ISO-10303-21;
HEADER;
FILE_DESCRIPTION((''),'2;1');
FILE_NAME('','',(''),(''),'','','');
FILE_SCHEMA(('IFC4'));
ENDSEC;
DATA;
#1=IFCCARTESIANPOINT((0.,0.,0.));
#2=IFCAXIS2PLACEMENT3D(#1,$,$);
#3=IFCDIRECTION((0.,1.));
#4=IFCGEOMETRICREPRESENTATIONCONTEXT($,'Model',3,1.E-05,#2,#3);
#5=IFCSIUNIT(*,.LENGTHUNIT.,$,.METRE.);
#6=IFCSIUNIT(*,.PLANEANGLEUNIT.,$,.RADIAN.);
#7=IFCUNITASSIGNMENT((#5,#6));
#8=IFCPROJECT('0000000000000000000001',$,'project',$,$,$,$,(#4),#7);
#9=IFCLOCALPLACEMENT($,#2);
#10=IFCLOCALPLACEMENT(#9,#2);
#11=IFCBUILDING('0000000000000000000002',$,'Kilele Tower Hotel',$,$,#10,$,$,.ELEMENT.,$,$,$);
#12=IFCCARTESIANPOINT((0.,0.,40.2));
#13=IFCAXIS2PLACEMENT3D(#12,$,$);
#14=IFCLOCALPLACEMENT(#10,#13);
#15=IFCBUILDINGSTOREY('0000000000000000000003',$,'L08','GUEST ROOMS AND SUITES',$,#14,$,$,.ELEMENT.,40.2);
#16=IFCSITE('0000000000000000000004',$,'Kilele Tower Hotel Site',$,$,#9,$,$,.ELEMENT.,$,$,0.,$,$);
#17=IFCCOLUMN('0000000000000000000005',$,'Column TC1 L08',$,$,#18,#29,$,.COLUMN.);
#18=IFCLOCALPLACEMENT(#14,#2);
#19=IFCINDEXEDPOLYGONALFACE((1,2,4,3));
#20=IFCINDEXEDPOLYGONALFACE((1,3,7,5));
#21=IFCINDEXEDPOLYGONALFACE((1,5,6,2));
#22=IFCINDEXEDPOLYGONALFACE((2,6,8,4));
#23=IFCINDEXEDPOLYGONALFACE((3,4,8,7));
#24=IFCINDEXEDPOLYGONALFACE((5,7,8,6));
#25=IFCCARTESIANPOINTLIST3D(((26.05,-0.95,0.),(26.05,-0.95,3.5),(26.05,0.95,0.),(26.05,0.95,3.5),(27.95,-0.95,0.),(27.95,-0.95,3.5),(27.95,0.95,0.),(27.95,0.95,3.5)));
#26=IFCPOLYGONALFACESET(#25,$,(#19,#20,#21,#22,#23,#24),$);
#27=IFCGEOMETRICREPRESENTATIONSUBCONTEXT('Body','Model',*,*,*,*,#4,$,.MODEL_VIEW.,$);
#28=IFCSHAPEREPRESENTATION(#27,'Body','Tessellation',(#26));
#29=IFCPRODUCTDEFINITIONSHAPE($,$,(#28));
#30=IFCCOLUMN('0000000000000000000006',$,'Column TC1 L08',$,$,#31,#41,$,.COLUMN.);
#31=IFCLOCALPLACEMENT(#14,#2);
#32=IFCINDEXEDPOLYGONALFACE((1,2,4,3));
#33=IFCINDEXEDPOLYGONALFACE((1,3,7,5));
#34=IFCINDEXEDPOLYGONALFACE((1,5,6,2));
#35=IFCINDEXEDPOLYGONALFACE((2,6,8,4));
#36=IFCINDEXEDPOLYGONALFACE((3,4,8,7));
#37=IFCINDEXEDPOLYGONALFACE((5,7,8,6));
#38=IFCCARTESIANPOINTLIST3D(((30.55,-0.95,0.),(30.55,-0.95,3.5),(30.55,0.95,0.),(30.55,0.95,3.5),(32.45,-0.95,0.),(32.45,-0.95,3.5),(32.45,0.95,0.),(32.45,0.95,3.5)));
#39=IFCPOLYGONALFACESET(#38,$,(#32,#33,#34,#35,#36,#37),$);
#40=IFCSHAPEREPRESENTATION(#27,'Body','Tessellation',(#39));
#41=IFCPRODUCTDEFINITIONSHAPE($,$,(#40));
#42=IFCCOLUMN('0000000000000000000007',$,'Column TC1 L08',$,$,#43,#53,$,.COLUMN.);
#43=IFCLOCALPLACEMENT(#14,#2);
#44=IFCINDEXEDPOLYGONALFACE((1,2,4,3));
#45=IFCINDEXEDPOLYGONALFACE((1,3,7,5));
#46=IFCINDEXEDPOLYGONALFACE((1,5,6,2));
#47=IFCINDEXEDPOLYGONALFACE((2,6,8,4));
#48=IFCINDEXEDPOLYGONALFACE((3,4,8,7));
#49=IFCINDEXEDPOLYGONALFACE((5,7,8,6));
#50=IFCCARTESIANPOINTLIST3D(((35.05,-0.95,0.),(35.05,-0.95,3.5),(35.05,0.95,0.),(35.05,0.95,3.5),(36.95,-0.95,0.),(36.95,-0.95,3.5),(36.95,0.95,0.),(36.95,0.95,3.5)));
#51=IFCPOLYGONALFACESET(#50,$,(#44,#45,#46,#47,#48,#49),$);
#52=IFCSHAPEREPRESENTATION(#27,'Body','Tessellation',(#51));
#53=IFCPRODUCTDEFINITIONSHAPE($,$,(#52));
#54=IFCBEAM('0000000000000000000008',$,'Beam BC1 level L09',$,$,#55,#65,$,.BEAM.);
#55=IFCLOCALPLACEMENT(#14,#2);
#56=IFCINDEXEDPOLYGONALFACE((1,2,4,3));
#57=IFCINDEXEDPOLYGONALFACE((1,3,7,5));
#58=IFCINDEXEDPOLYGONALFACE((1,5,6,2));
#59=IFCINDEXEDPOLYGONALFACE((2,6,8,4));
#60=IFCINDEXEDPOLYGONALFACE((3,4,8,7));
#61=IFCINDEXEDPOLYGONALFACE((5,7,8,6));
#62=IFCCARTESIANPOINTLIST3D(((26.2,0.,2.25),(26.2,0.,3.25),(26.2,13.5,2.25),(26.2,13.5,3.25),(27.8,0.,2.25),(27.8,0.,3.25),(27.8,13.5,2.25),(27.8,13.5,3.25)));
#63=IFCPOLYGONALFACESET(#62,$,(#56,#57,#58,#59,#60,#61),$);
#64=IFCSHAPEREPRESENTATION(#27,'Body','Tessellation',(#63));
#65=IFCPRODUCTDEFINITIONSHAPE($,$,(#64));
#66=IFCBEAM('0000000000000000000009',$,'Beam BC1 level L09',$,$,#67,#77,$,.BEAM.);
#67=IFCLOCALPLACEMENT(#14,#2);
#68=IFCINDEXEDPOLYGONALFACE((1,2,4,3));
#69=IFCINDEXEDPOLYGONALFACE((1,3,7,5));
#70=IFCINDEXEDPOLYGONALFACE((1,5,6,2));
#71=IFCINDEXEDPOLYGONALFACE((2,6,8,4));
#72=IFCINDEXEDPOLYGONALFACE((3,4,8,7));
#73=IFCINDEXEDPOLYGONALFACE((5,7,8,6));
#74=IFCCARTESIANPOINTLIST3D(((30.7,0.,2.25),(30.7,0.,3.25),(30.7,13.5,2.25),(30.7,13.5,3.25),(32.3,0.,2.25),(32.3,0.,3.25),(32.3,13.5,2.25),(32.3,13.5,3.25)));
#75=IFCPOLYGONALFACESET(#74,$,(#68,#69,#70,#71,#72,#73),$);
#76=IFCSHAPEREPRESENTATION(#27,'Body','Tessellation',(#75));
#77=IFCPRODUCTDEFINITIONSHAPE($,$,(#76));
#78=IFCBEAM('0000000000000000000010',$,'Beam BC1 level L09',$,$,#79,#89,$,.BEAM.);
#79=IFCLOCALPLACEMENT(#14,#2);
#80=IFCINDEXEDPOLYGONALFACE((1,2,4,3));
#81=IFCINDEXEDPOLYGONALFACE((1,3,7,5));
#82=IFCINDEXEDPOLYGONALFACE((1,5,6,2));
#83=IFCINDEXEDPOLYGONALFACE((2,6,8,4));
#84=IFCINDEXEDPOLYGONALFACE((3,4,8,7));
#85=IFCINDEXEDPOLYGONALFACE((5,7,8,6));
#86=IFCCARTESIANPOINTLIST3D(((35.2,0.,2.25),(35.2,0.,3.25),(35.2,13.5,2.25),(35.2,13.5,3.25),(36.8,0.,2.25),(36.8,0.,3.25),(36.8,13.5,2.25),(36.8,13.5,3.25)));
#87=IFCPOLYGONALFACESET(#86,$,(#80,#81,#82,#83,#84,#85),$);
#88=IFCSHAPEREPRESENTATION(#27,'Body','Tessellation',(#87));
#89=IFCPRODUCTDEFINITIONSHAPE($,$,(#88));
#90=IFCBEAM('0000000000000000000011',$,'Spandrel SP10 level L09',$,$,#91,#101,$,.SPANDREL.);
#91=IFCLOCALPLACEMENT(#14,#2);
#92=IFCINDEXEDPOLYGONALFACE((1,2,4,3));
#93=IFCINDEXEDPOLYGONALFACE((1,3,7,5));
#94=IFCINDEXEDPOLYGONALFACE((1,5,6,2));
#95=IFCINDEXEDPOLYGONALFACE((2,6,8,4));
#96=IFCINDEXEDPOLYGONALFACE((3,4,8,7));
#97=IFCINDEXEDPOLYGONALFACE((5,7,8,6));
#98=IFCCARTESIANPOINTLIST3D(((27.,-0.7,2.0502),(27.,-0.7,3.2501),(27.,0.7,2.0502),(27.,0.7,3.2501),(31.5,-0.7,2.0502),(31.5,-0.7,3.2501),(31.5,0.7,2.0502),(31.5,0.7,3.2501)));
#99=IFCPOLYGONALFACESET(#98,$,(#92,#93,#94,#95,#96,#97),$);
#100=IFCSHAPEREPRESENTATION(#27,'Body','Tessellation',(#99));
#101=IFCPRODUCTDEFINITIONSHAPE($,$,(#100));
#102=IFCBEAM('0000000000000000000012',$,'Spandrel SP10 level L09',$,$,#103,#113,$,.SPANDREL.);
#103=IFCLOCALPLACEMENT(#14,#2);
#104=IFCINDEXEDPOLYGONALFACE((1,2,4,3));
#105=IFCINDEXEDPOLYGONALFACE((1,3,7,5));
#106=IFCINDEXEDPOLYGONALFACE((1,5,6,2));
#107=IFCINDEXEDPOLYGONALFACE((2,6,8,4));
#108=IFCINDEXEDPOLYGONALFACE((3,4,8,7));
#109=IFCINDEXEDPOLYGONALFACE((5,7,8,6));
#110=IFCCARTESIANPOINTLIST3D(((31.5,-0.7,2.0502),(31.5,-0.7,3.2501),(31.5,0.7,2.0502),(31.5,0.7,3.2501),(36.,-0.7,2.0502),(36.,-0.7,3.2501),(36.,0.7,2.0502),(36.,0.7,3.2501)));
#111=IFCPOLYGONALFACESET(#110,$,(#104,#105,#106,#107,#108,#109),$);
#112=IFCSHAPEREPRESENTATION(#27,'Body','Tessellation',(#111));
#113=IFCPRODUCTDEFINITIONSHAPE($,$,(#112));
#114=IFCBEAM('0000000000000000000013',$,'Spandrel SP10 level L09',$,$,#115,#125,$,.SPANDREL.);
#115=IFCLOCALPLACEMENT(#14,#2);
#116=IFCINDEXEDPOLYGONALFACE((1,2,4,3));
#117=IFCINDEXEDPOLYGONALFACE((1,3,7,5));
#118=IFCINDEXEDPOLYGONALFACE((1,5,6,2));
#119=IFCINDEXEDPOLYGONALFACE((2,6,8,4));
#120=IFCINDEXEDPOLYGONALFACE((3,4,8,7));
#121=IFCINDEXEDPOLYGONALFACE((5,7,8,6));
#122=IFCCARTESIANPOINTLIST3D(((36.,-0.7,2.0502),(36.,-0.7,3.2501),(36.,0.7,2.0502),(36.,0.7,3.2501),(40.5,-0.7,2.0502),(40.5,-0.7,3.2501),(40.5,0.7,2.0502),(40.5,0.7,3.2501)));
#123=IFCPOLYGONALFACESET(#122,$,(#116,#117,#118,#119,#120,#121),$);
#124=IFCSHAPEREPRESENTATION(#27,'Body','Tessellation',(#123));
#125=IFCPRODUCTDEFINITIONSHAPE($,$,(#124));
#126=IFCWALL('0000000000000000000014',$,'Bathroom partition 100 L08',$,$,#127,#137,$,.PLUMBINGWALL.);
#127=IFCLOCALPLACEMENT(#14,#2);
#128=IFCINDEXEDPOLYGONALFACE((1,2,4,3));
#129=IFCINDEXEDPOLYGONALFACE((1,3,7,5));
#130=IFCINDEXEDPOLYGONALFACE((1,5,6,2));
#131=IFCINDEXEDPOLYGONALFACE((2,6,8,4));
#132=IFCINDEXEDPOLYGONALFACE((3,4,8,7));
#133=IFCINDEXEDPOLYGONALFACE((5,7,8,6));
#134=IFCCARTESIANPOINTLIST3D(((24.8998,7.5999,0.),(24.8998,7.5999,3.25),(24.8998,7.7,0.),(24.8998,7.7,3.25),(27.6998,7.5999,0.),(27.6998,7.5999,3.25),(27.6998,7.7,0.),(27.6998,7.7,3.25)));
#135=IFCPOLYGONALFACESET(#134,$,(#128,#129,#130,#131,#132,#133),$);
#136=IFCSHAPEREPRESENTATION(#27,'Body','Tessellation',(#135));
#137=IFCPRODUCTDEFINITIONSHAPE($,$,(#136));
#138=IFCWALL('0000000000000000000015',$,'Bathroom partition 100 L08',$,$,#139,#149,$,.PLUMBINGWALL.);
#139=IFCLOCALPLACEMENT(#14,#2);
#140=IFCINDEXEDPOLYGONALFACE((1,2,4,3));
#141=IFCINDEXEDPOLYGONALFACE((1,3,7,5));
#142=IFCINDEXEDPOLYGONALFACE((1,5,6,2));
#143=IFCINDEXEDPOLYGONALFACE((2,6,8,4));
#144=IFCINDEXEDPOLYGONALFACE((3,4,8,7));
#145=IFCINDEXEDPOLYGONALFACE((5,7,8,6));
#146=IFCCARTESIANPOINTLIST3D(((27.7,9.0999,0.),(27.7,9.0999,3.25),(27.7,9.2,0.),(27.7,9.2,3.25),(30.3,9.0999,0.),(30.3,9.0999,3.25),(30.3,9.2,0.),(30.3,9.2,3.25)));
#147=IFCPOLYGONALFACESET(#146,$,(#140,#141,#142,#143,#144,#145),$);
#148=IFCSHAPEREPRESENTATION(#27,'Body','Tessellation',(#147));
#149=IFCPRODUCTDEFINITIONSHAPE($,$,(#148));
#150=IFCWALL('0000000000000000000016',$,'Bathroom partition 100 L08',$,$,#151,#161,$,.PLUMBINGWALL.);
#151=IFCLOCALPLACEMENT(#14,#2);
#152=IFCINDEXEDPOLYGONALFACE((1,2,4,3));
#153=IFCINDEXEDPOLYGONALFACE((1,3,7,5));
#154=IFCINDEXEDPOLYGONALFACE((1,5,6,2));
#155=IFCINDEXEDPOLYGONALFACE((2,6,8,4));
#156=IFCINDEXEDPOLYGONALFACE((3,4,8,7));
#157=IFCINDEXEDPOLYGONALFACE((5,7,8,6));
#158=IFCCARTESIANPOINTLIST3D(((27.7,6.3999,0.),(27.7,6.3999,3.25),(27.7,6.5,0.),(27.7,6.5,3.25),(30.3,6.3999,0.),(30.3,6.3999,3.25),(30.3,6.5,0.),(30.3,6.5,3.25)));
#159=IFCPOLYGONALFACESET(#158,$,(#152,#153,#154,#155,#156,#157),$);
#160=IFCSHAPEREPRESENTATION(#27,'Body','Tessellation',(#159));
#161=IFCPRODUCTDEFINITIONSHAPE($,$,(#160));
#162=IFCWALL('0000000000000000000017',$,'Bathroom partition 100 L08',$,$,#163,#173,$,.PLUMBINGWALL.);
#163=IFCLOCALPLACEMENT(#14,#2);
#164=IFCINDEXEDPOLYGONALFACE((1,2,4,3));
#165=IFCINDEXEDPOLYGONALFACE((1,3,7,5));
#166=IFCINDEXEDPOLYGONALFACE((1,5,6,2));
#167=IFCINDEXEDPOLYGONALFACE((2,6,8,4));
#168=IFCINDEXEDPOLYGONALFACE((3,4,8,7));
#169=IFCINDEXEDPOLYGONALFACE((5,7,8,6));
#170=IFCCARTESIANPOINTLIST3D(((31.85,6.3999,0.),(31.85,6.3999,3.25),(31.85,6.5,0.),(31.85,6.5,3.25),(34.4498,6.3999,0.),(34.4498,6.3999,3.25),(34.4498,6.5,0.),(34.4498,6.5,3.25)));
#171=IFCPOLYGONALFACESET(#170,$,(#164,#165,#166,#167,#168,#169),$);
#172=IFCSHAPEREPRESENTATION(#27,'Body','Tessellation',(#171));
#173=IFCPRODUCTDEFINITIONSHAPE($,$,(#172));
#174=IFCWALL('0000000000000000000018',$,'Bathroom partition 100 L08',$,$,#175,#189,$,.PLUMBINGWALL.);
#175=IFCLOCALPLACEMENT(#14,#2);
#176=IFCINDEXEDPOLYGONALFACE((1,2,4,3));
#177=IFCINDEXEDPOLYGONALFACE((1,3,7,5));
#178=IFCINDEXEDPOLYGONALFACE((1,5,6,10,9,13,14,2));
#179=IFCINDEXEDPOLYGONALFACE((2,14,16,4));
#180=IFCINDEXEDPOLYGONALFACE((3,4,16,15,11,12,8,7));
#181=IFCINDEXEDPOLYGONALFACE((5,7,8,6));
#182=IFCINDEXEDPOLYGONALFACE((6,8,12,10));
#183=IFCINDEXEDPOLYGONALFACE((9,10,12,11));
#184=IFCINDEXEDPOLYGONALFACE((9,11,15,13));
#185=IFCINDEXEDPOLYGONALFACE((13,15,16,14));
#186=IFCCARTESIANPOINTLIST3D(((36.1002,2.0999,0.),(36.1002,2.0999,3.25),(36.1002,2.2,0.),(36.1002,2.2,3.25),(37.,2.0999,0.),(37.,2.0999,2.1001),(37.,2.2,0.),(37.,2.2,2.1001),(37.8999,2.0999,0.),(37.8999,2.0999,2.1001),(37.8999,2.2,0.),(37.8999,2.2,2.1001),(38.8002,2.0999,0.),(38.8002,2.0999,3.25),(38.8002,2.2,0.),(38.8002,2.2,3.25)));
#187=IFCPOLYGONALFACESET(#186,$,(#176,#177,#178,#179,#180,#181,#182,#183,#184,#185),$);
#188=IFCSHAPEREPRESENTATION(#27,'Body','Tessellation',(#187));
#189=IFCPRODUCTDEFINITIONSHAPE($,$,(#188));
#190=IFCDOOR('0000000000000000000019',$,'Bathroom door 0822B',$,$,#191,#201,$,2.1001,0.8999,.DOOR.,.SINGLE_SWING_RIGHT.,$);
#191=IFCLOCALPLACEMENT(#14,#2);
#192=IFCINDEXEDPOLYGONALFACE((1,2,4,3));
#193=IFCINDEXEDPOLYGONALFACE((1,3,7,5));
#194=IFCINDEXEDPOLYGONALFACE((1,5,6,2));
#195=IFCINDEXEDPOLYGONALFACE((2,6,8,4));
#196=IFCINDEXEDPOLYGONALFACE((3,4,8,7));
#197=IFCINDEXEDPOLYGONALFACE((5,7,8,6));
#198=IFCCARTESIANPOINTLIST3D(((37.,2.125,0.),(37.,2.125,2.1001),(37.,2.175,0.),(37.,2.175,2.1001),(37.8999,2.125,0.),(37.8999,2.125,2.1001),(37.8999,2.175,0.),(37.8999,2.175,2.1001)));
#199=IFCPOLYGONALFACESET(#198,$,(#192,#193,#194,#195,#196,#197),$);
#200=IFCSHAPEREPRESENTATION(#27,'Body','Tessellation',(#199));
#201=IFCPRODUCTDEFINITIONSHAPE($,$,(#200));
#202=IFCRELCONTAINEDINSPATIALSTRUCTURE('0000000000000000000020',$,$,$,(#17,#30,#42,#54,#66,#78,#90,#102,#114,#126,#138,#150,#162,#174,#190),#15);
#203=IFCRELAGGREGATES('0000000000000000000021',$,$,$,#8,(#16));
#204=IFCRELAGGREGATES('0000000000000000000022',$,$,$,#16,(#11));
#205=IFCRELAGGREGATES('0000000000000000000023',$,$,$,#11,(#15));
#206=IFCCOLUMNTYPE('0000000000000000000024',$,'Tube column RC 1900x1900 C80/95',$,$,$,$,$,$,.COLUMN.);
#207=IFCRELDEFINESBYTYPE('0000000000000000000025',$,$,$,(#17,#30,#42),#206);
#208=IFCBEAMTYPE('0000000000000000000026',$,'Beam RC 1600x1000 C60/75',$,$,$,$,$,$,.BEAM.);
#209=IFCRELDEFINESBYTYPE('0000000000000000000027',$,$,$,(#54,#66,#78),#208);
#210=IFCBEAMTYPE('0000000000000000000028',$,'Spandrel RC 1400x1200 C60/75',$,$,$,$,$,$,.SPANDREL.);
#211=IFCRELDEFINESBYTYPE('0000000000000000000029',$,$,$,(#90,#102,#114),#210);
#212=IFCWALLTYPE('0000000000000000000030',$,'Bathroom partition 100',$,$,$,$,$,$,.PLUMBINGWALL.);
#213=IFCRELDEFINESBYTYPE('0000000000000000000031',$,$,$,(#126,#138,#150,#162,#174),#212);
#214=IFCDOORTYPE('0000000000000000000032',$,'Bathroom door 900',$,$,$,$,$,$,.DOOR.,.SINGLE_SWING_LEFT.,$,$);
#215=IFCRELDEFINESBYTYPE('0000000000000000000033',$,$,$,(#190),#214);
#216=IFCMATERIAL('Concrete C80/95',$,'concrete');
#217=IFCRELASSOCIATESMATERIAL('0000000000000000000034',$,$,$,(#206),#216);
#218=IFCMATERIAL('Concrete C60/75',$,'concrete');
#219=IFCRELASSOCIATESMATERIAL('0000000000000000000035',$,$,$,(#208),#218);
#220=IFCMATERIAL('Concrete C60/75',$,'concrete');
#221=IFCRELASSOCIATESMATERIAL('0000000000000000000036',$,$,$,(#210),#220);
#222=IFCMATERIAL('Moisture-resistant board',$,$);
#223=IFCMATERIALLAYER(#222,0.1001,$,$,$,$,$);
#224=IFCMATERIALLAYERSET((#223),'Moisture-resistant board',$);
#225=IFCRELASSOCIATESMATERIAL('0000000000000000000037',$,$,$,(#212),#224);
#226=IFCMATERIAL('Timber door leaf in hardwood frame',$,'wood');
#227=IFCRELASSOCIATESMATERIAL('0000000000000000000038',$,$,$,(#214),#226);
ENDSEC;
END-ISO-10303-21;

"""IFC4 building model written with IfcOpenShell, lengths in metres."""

from ifc_helpers import new_model, si_unit, direction, frame, frame_2d, origin, origin_2d, place, context, subcontext, project, spatial, rectangle, extrude, material, layer, layer_set, material_profile, profile_set, type_object, element, fill, save


model = new_model("IFC4")

# Units and contexts
model_context = context("Model", 3, precision=1e-05, world=origin(), true_north=direction((0.0, 1.0)))
body_context = subcontext(model_context, "Body", "Model", "MODEL_VIEW")
ifc_project = project(units=[si_unit("LENGTHUNIT", "METRE"), si_unit("PLANEANGLEUNIT", "RADIAN")], contexts=[model_context])

# Site, building, storey
site_placement = place(None, origin())
site = spatial("IfcSite", under=ifc_project, at=site_placement, Name="Kilele Tower Hotel Site", CompositionType="ELEMENT", RefElevation=0.0)
building_placement = place(site_placement, origin())
building = spatial("IfcBuilding", under=site, at=building_placement, Name="Kilele Tower Hotel", CompositionType="ELEMENT")
storey_placement = place(building_placement, frame((0.0, 0.0, 40.2)))
storey = spatial("IfcBuildingStorey", under=building, at=storey_placement, Name="L08", Description="GUEST ROOMS AND SUITES", CompositionType="ELEMENT", Elevation=40.2)

# Columns
ifc_material_1 = material(Name="Concrete C80/95", Category="concrete")
ifc_material_profile_1 = material_profile(ifc_material_1, rectangle(XDim=1.8999, YDim=1.8999, at=origin_2d()))
ifc_profile_set_1 = profile_set([ifc_material_profile_1], Name="Concrete C80/95")
column_type = type_object("IfcColumnType", Name="Tube column RC 1900x1900 C80/95", PredefinedType="COLUMN", material=ifc_profile_set_1)
for number, where, z_axis, x_axis, name in (
    (1, (27.0, 0.0, 0.0), (0.0, 0.0, 1.0), (1.0, 0.0, 0.0), "Column TC1 L08"),
    (2, (31.5, 0.0, 0.0), (0.0, 0.0, 1.0), (1.0, 0.0, 0.0), "Column TC1 L08"),
    (3, (36.0, 0.0, 0.0), (0.0, 0.0, 1.0), (1.0, 0.0, 0.0), "Column TC1 L08"),
):
    element("IfcColumn", number, at=place(storey_placement, frame(where, z_axis=z_axis, x_axis=x_axis)), inside=storey, type_object=column_type, Name=name, PredefinedType="COLUMN", context=body_context, shape_type="SweptSolid", body=[
        extrude(rectangle(XDim=1.8999, YDim=1.8999, at=origin_2d()), origin(), (0.0, 0.0, 1.0), 3.5),
    ])

# Beams
ifc_material_2 = material(Name="Concrete C60/75", Category="concrete")
ifc_material_profile_2 = material_profile(ifc_material_2, rectangle(XDim=1.6001, YDim=1.0, at=origin_2d()))
ifc_profile_set_2 = profile_set([ifc_material_profile_2], Name="Concrete C60/75")
beam_type_1 = type_object("IfcBeamType", Name="Beam RC 1600x1000 C60/75", PredefinedType="BEAM", material=ifc_profile_set_2)
for number, where, z_axis, x_axis, name in (
    (4, (27.0, 0.0, 2.75), (0.0, 1.0, 0.0), (-1.0, 0.0, 0.0), "Beam BC1 level L09"),
    (5, (31.5, 0.0, 2.75), (0.0, 1.0, 0.0), (-1.0, 0.0, 0.0), "Beam BC1 level L09"),
    (6, (36.0, 0.0, 2.75), (0.0, 1.0, 0.0), (-1.0, 0.0, 0.0), "Beam BC1 level L09"),
):
    element("IfcBeam", number, at=place(storey_placement, frame(where, z_axis=z_axis, x_axis=x_axis)), inside=storey, type_object=beam_type_1, Name=name, PredefinedType="BEAM", context=body_context, shape_type="SweptSolid", body=[
        extrude(rectangle(XDim=1.6001, YDim=1.0, at=origin_2d()), origin(), (0.0, 0.0, 1.0), 13.5),
    ])
ifc_material_3 = material(Name="Concrete C60/75", Category="concrete")
ifc_material_profile_3 = material_profile(ifc_material_3, rectangle(XDim=1.3999, YDim=1.2, at=origin_2d()))
ifc_profile_set_3 = profile_set([ifc_material_profile_3], Name="Concrete C60/75")
beam_type_2 = type_object("IfcBeamType", Name="Spandrel RC 1400x1200 C60/75", PredefinedType="SPANDREL", material=ifc_profile_set_3)
for number, where, z_axis, x_axis, name in (
    (7, (27.0, 0.0, 2.6501), (1.0, 0.0, 0.0), (0.0, 1.0, 0.0), "Spandrel SP10 level L09"),
    (8, (31.5, 0.0, 2.6501), (1.0, 0.0, 0.0), (0.0, 1.0, 0.0), "Spandrel SP10 level L09"),
    (9, (36.0, 0.0, 2.6501), (1.0, 0.0, 0.0), (0.0, 1.0, 0.0), "Spandrel SP10 level L09"),
):
    element("IfcBeam", number, at=place(storey_placement, frame(where, z_axis=z_axis, x_axis=x_axis)), inside=storey, type_object=beam_type_2, Name=name, PredefinedType="SPANDREL", context=body_context, shape_type="SweptSolid", body=[
        extrude(rectangle(XDim=1.3999, YDim=1.2, at=origin_2d()), origin(), (0.0, 0.0, 1.0), 4.5),
    ])

# Walls
ifc_material_4 = material(Name="Moisture-resistant board")
ifc_layer_1 = layer(ifc_material_4, 0.1001)
ifc_layer_set_1 = layer_set([ifc_layer_1], Name="Moisture-resistant board")
wall_type_1 = type_object("IfcWallType", Name="Bathroom partition 100", PredefinedType="PLUMBINGWALL", material=ifc_layer_set_1)
wall_1_placement = place(storey_placement, frame((24.8999, 7.6499, 0.0), z_axis=(0.0, 0.0, 1.0), x_axis=(1.0, 0.0, 0.0)))
element("IfcWall", 10, at=wall_1_placement, inside=storey, type_object=wall_type_1, Name="Bathroom partition 100 L08", PredefinedType="PLUMBINGWALL", context=body_context, shape_type="SweptSolid", body=[
    extrude(rectangle(XDim=2.8, YDim=0.1001, at=frame_2d((1.3999, 0.0))), origin(), (0.0, 0.0, 1.0), 3.25),
])
for number, where, z_axis, x_axis, name in (
    (11, (27.7, 9.1499, 0.0), (0.0, 0.0, 1.0), (1.0, 0.0, 0.0), "Bathroom partition 100 L08"),
    (12, (27.7, 6.45, 0.0), (0.0, 0.0, 1.0), (1.0, 0.0, 0.0), "Bathroom partition 100 L08"),
):
    element("IfcWall", number, at=place(storey_placement, frame(where, z_axis=z_axis, x_axis=x_axis)), inside=storey, type_object=wall_type_1, Name=name, PredefinedType="PLUMBINGWALL", context=body_context, shape_type="SweptSolid", body=[
        extrude(rectangle(XDim=2.6001, YDim=0.1001, at=frame_2d((1.3, 0.0))), origin(), (0.0, 0.0, 1.0), 3.25),
    ])
wall_2_placement = place(storey_placement, frame((31.8501, 6.45, 0.0), z_axis=(0.0, 0.0, 1.0), x_axis=(1.0, 0.0, 0.0)))
element("IfcWall", 13, at=wall_2_placement, inside=storey, type_object=wall_type_1, Name="Bathroom partition 100 L08", PredefinedType="PLUMBINGWALL", context=body_context, shape_type="SweptSolid", body=[
    extrude(rectangle(XDim=2.5999, YDim=0.1001, at=frame_2d((1.2998, 0.0))), origin(), (0.0, 0.0, 1.0), 3.25),
])

# Wall, opening, door
wall_3_placement = place(storey_placement, frame((36.1001, 2.1499, 0.0), z_axis=(0.0, 0.0, 1.0), x_axis=(1.0, 0.0, 0.0)))
wall_3 = element("IfcWall", 14, at=wall_3_placement, inside=storey, type_object=wall_type_1, Name="Bathroom partition 100 L08", PredefinedType="PLUMBINGWALL", context=body_context, shape_type="SweptSolid", body=[
    extrude(rectangle(XDim=2.7, YDim=0.1001, at=frame_2d((1.3501, 0.0))), origin(), (0.0, 0.0, 1.0), 3.25),
])
opening_1_placement = place(wall_3_placement, frame((1.7998, 0.0, 0.0), z_axis=(0.0, 0.0, 1.0), x_axis=(-1.0, 0.0, 0.0)))
opening_1 = element("IfcOpeningElement", 15, at=opening_1_placement, cuts=wall_3, PredefinedType="OPENING", context=body_context, shape_type="SweptSolid", body=[
    extrude(rectangle(XDim=0.8999, YDim=2.1001, at=frame_2d((0.45, 1.05))), frame((0.0, 0.0601, 0.0), z_axis=(0.0, -1.0, 0.0), x_axis=(1.0, 0.0, 0.0)), (0.0, 0.0, 1.0), 0.1201),
])
ifc_material_5 = material(Name="Timber door leaf in hardwood frame", Category="wood")
door_type_1 = type_object("IfcDoorType", Name="Bathroom door 900", OperationType="SINGLE_SWING_LEFT", PredefinedType="DOOR", material=ifc_material_5)
door_1_placement = place(opening_1_placement, origin())
door_1 = element("IfcDoor", 16, at=door_1_placement, inside=storey, type_object=door_type_1, Name="Bathroom door 0822B", OperationType="SINGLE_SWING_RIGHT", OverallHeight=2.1001, OverallWidth=0.8999, PredefinedType="DOOR", context=body_context, shape_type="SweptSolid", body=[
    extrude(rectangle(XDim=0.8999, YDim=2.1001, at=frame_2d((0.45, 1.05))), frame((0.0, 0.0249, 0.0), z_axis=(0.0, -1.0, 0.0), x_axis=(1.0, 0.0, 0.0)), (0.0, 0.0, 1.0), 0.05),
])
fill(opening_1, door_1)

save(model, "model.ifc")
